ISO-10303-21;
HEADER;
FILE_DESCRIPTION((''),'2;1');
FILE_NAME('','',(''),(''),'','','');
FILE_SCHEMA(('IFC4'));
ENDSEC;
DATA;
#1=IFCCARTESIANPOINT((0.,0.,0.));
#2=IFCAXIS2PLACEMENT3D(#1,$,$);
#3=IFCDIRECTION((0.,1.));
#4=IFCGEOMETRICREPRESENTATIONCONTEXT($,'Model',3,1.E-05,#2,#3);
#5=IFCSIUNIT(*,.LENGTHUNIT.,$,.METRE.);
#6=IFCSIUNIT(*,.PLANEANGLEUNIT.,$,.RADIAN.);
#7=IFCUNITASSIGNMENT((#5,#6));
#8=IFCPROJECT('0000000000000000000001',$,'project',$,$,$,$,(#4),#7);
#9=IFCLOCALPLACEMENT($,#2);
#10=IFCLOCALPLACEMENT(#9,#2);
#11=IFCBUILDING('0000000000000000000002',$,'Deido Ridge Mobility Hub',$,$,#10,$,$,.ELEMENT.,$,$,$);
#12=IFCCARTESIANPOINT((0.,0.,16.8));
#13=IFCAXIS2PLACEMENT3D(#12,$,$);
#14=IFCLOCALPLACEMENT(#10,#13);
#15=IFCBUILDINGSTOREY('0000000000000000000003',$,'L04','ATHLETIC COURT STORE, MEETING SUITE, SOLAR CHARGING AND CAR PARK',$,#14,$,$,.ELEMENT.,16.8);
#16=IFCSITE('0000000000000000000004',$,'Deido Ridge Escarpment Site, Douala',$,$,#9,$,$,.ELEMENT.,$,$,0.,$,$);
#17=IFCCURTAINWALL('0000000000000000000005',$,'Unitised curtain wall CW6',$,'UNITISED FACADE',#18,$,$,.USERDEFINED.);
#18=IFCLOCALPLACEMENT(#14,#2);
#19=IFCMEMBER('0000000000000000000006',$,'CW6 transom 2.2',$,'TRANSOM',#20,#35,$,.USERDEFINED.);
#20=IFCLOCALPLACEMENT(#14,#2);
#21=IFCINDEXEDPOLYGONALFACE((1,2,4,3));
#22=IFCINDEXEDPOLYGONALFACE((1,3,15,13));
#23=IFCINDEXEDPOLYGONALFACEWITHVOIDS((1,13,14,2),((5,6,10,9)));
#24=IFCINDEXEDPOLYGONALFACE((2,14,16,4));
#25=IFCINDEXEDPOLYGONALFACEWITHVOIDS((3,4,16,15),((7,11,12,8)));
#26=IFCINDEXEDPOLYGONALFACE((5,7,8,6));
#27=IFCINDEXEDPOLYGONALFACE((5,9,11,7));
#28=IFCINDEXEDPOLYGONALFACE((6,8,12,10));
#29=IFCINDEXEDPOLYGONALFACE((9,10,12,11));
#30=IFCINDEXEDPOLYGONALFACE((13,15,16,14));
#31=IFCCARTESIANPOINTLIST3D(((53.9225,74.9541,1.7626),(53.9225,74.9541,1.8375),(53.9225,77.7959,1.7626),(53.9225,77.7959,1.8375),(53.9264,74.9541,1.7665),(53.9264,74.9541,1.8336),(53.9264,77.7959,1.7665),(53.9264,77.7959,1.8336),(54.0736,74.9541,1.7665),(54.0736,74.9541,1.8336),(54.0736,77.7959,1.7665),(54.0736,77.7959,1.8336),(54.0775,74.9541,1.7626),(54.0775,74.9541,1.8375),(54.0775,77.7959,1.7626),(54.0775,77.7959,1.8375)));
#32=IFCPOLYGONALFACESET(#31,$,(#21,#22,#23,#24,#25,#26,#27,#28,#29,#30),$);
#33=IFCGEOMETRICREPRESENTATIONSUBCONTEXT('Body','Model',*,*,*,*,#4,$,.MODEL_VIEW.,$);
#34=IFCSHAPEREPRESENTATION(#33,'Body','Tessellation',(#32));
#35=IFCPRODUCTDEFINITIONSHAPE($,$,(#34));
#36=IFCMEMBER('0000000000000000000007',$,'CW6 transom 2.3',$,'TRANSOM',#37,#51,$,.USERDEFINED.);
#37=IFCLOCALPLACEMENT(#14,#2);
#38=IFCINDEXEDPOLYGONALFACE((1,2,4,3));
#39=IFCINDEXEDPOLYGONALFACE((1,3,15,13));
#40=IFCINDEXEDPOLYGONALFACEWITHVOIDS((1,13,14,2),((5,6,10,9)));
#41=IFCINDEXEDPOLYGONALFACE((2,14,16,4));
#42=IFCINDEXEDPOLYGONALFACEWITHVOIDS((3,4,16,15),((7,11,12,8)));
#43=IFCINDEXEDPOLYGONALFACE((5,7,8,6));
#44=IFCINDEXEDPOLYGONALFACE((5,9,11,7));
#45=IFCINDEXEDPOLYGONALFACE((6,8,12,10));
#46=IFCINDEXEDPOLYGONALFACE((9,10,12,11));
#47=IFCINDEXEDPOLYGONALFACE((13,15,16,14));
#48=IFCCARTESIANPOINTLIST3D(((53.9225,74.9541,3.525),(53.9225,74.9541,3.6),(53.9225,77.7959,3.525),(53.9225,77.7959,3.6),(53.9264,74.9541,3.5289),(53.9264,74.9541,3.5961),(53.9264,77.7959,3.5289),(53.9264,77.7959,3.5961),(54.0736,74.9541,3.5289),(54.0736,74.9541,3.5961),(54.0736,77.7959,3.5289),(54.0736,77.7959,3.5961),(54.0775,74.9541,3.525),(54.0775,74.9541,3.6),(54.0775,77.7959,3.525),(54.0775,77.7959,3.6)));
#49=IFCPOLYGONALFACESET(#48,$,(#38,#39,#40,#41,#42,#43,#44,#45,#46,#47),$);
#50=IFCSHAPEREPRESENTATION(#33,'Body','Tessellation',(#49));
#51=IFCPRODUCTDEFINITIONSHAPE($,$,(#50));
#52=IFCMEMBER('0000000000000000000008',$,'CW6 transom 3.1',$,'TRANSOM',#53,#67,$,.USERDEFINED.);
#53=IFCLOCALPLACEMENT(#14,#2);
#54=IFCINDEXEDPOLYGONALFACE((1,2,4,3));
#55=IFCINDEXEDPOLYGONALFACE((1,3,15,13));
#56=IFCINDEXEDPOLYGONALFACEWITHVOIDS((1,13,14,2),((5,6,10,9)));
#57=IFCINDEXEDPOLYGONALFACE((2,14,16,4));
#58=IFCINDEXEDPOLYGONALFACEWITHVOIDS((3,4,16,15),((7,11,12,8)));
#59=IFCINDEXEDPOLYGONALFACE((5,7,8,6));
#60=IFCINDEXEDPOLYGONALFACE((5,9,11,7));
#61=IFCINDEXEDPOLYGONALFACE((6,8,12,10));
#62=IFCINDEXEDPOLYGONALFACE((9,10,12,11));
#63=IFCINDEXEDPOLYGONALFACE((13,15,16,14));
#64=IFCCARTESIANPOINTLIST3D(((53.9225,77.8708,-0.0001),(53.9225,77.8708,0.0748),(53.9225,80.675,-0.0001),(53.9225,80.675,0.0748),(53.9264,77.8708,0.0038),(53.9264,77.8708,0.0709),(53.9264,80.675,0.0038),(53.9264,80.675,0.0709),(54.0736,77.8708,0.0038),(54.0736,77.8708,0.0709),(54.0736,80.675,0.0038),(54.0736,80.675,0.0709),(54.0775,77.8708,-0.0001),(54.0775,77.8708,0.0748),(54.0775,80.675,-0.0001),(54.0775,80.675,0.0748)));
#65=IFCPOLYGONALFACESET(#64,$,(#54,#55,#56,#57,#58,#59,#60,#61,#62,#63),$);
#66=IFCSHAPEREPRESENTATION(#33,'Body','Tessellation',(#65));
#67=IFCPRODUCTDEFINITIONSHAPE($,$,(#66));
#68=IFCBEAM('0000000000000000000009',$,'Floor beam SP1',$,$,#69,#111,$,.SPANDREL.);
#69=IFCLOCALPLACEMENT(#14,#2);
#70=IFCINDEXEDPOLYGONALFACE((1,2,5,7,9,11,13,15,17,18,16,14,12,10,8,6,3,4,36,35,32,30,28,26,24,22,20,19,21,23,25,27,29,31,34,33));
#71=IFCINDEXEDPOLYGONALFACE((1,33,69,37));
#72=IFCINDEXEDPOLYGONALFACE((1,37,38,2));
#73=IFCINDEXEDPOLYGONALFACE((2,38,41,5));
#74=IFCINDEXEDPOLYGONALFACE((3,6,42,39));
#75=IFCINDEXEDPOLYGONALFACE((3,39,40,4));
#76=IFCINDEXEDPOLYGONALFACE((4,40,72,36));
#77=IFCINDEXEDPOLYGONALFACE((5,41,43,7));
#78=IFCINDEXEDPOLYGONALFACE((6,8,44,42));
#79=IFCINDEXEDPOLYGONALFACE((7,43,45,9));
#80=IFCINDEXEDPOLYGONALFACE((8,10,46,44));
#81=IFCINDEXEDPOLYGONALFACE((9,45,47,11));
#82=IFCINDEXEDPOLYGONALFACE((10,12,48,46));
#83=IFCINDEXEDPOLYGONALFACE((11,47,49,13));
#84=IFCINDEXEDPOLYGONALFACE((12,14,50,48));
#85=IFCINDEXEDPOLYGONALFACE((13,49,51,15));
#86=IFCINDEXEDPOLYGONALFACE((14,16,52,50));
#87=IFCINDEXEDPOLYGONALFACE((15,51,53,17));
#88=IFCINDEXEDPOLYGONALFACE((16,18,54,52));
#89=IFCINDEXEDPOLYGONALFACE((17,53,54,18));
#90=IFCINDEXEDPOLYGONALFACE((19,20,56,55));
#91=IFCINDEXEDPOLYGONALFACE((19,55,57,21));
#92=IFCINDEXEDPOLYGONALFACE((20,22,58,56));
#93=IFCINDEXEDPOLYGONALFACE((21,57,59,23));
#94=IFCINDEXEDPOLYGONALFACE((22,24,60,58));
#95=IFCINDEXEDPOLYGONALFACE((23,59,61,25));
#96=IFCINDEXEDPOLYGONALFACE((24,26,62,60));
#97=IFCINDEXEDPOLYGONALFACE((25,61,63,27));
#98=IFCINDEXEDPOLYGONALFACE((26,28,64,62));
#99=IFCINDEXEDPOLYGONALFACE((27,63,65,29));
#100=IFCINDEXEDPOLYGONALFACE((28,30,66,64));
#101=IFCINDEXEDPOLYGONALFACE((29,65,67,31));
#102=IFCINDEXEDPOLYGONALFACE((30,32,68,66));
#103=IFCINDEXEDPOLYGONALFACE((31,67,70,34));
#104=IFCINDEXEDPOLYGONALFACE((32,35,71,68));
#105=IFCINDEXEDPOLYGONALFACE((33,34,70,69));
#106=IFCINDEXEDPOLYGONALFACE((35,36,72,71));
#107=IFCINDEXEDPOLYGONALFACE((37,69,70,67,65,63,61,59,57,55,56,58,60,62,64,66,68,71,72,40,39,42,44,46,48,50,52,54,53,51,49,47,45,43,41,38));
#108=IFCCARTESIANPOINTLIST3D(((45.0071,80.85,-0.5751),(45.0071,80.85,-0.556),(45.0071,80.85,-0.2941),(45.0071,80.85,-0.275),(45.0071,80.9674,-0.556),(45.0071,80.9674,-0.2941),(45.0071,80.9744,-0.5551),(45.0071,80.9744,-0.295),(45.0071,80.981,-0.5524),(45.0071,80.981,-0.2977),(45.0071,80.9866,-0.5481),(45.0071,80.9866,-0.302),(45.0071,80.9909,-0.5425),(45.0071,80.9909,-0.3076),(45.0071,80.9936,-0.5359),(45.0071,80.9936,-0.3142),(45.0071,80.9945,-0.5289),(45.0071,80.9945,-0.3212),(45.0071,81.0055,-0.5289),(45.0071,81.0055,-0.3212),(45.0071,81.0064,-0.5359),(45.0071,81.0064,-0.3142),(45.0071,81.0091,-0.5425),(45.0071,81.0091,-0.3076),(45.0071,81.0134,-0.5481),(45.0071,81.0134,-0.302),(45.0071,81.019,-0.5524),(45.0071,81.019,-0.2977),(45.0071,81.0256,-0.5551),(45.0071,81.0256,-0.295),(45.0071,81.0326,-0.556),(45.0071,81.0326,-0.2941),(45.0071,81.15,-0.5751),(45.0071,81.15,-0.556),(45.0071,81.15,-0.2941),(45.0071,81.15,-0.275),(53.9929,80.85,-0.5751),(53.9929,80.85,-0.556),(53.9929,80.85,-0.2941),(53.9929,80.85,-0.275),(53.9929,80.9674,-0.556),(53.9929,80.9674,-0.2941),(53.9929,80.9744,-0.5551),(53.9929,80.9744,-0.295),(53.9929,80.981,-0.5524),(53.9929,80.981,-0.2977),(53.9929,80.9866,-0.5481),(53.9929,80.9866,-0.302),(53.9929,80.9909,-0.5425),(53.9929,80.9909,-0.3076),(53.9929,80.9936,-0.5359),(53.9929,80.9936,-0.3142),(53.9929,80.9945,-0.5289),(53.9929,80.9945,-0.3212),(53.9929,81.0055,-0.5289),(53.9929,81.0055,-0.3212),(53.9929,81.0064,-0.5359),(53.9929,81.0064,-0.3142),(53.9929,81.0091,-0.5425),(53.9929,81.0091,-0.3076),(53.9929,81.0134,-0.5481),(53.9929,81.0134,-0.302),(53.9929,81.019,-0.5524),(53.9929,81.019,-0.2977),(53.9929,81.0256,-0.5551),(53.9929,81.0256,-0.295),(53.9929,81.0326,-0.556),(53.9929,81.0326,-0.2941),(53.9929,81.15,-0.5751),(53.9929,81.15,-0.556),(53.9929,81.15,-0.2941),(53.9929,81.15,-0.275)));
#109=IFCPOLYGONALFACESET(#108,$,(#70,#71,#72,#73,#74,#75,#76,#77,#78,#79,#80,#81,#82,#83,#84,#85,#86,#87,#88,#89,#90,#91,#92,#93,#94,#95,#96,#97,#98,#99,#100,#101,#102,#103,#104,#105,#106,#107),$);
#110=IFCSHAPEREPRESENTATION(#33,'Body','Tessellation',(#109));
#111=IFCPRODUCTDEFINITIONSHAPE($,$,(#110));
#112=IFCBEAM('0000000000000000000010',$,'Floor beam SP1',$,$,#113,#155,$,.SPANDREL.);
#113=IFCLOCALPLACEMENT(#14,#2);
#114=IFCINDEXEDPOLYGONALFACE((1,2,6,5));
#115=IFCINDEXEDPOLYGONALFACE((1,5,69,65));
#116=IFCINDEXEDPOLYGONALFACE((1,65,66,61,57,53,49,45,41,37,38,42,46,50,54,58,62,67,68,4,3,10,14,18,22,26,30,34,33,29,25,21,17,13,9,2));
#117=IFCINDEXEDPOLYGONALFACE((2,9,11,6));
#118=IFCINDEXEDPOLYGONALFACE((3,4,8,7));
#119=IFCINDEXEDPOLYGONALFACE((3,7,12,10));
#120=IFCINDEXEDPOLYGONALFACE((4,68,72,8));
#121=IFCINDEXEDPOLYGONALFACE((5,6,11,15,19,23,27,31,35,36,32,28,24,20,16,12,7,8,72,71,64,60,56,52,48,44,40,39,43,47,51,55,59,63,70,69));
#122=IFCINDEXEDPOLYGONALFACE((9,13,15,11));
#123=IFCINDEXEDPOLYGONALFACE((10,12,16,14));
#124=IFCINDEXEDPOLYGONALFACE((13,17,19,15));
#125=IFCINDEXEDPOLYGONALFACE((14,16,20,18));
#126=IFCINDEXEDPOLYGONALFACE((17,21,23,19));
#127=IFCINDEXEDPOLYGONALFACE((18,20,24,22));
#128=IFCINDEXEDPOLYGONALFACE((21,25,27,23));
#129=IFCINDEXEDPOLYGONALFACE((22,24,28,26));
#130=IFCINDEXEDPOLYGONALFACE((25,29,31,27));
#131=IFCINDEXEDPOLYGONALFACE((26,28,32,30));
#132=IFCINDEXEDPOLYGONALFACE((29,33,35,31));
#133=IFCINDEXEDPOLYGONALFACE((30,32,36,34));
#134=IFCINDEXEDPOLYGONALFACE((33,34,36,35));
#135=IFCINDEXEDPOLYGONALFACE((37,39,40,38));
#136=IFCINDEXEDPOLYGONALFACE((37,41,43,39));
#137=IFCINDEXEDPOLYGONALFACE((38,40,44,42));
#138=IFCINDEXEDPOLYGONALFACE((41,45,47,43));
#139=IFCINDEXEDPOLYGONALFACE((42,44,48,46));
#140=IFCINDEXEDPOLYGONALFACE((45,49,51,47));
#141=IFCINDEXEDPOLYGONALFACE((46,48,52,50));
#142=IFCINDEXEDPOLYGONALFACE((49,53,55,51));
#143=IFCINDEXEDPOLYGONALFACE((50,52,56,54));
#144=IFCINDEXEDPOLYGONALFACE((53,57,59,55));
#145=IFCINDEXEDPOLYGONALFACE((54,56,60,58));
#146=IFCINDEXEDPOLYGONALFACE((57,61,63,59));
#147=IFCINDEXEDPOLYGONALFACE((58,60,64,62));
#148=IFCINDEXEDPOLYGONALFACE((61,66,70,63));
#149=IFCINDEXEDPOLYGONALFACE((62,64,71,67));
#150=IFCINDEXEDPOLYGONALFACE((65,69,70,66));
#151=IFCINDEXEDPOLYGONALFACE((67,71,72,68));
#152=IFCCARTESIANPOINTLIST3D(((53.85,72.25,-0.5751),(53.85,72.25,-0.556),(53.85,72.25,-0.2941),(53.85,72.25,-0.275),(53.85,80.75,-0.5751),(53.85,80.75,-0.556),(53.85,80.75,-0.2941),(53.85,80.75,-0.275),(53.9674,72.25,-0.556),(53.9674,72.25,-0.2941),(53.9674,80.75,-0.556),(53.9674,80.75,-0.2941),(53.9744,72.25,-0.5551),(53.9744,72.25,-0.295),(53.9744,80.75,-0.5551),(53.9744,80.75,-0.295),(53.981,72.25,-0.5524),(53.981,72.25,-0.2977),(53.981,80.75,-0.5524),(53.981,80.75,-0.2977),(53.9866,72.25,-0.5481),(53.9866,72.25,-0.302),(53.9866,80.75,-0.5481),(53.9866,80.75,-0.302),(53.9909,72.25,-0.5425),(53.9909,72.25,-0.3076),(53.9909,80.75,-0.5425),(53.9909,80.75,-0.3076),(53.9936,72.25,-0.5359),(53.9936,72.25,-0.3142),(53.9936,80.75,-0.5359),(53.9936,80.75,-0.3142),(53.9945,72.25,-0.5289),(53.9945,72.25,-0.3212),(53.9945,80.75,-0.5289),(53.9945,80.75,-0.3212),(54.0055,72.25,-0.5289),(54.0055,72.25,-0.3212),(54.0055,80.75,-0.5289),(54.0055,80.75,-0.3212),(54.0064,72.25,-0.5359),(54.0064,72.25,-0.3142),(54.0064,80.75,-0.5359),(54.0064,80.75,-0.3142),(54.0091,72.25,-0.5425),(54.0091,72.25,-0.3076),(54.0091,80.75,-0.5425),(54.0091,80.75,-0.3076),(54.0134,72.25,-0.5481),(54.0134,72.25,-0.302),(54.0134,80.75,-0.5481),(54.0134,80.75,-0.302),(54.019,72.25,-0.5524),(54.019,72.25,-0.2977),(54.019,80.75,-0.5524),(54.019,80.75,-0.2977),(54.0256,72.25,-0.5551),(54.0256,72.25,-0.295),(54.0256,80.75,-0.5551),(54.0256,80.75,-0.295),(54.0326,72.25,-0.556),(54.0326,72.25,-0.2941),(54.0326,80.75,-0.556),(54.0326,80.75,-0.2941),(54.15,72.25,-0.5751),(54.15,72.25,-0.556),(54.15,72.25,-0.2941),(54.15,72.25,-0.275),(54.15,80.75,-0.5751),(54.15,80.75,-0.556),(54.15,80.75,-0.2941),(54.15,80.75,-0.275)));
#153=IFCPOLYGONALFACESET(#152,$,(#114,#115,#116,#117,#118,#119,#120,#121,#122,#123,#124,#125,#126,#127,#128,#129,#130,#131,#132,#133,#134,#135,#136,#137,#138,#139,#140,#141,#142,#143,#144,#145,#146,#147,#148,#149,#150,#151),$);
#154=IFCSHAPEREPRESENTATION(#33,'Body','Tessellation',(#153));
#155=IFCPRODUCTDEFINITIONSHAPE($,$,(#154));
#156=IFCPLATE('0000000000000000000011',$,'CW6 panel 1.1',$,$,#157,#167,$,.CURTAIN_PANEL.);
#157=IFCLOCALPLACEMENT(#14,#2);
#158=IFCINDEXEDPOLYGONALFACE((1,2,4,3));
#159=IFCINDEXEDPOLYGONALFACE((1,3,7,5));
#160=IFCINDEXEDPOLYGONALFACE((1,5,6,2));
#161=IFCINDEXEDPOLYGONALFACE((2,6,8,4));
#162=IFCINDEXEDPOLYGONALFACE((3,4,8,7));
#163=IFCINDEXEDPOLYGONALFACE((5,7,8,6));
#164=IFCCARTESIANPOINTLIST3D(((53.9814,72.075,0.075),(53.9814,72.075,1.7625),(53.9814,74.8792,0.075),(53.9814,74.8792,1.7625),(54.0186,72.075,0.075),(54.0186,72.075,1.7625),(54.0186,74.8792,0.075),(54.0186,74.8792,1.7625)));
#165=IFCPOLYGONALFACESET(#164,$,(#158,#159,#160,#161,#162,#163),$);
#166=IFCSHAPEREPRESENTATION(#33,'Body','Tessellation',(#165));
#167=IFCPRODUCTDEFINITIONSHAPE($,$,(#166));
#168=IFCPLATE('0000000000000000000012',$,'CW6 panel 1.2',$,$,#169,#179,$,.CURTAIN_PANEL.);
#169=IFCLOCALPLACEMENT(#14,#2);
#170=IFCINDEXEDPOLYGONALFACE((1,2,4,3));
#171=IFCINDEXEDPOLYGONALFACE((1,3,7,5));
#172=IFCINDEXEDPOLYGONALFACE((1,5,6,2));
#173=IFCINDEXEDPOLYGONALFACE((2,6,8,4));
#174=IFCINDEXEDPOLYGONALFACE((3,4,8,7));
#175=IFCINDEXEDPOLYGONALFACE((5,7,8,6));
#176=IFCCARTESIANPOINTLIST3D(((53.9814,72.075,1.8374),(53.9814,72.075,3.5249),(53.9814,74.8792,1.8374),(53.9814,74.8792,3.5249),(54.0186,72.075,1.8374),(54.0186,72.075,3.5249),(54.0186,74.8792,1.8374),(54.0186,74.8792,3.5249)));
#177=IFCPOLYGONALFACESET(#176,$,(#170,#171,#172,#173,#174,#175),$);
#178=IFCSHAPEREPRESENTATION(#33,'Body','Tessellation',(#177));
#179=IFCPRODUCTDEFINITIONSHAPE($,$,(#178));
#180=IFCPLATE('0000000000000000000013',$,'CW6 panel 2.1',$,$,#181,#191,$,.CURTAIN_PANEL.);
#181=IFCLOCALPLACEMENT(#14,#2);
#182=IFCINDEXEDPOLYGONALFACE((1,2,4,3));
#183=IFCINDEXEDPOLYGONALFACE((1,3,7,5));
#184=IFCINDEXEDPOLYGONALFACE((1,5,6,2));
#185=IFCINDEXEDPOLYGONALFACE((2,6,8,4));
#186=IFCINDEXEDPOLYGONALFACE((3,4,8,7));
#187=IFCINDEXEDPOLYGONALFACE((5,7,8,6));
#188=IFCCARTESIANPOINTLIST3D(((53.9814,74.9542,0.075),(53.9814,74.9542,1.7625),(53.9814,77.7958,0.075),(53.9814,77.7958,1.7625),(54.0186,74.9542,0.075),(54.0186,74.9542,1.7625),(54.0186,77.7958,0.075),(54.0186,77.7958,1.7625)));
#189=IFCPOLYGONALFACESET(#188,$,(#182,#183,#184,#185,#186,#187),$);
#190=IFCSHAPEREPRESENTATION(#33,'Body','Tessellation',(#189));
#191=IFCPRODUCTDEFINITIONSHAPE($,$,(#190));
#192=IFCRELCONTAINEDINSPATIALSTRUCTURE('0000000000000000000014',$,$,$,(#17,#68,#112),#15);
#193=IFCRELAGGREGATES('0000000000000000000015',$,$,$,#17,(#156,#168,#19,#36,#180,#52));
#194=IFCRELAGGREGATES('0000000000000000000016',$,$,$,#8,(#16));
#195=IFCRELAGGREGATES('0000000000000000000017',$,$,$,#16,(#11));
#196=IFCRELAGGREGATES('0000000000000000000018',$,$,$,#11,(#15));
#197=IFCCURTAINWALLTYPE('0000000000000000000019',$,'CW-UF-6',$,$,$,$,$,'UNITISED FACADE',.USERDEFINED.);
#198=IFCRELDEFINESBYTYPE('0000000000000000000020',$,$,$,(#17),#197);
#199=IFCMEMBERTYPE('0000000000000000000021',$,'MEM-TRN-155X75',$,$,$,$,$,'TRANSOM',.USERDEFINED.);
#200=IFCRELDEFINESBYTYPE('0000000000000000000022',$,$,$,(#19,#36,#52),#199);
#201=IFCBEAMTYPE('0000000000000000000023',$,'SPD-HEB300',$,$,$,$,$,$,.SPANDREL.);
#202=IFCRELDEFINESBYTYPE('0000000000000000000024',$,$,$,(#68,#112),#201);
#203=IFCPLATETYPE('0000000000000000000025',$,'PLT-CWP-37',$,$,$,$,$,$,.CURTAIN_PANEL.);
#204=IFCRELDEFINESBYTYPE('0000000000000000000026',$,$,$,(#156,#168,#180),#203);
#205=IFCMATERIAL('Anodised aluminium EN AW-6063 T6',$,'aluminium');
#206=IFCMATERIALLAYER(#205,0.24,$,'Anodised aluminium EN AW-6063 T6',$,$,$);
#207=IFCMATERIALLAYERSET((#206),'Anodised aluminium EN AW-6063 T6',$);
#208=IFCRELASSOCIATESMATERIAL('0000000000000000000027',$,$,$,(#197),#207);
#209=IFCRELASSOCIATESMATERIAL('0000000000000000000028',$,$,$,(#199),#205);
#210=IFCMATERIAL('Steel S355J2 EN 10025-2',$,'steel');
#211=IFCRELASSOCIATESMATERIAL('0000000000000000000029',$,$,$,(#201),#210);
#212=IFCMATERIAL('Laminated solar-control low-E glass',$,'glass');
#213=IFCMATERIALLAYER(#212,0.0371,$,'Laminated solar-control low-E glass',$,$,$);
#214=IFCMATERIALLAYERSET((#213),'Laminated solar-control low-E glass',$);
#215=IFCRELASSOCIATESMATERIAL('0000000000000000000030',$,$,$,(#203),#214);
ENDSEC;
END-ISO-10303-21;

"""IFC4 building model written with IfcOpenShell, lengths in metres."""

from ifc_helpers import new_model, si_unit, direction, frame, origin, origin_2d, place, context, subcontext, project, spatial, rectangle, hollow_rectangle, i_section, extrude, material, layer, layer_set, material_profile, profile_set, type_object, element, aggregate, save


model = new_model("IFC4")

# Units and contexts
model_context = context("Model", 3, precision=1e-05, world=origin(), true_north=direction((0.0, 1.0)))
body_context = subcontext(model_context, "Body", "Model", "MODEL_VIEW")
ifc_project = project(units=[si_unit("LENGTHUNIT", "METRE"), si_unit("PLANEANGLEUNIT", "RADIAN")], contexts=[model_context])

# Site, building, storey
site_placement = place(None, origin())
site = spatial("IfcSite", under=ifc_project, at=site_placement, Name="Deido Ridge Escarpment Site, Douala", CompositionType="ELEMENT", RefElevation=0.0)
building_placement = place(site_placement, origin())
building = spatial("IfcBuilding", under=site, at=building_placement, Name="Deido Ridge Mobility Hub", CompositionType="ELEMENT")
storey_placement = place(building_placement, frame((0.0, 0.0, 16.8)))
storey = spatial("IfcBuildingStorey", under=building, at=storey_placement, Name="L04", Description="ATHLETIC COURT STORE, MEETING SUITE, SOLAR CHARGING AND CAR PARK", CompositionType="ELEMENT", Elevation=16.8)

# Shared definitions
ifc_material_1 = material(Name="Steel S355J2 EN 10025-2", Category="steel")

# Shared definitions
ifc_material_2 = material(Name="Anodised aluminium EN AW-6063 T6", Category="aluminium")
ifc_layer_1 = layer(ifc_material_2, 0.24, Name="Anodised aluminium EN AW-6063 T6")
ifc_layer_set_1 = layer_set([ifc_layer_1], Name="Anodised aluminium EN AW-6063 T6")
curtain_wall_type = type_object("IfcCurtainWallType", Name="CW-UF-6", ElementType="UNITISED FACADE", PredefinedType="USERDEFINED", material=ifc_layer_set_1)

# Curtain wall, members
curtain_wall_1_placement = place(storey_placement, origin())
curtain_wall_1 = element("IfcCurtainWall", 1, at=curtain_wall_1_placement, inside=storey, type_object=curtain_wall_type, Name="Unitised curtain wall CW6", ObjectType="UNITISED FACADE", PredefinedType="USERDEFINED")
ifc_material_profile_1 = material_profile(ifc_material_2, hollow_rectangle(XDim=0.155, YDim=0.075, WallThickness=0.0039, at=origin_2d()), Name="RHS 155x75x4")
ifc_profile_set_1 = profile_set([ifc_material_profile_1], Name="Anodised aluminium EN AW-6063 T6")
member_type_1 = type_object("IfcMemberType", Name="MEM-TRN-155X75", ElementType="TRANSOM", PredefinedType="USERDEFINED", material=ifc_profile_set_1)
member_1_placement = place(storey_placement, frame((54.0, 74.9541, 1.8), z_axis=(0.0, 1.0, 0.0), x_axis=(-1.0, 0.0, 0.0)))
member_1 = element("IfcMember", 2, at=member_1_placement, type_object=member_type_1, Name="CW6 transom 2.2", ObjectType="TRANSOM", PredefinedType="USERDEFINED", context=body_context, shape_type="SweptSolid", body=[
    extrude(hollow_rectangle(XDim=0.155, YDim=0.075, WallThickness=0.0039, at=origin_2d()), origin(), (0.0, 0.0, 1.0), 2.8418),
])
member_2_placement = place(storey_placement, frame((54.0, 74.9541, 3.5625), z_axis=(0.0, 1.0, 0.0), x_axis=(-1.0, 0.0, 0.0)))
member_2 = element("IfcMember", 3, at=member_2_placement, type_object=member_type_1, Name="CW6 transom 2.3", ObjectType="TRANSOM", PredefinedType="USERDEFINED", context=body_context, shape_type="SweptSolid", body=[
    extrude(hollow_rectangle(XDim=0.155, YDim=0.075, WallThickness=0.0039, at=origin_2d()), origin(), (0.0, 0.0, 1.0), 2.8418),
])
member_3_placement = place(storey_placement, frame((54.0, 77.8708, 0.0374), z_axis=(0.0, 1.0, 0.0), x_axis=(-1.0, 0.0, 0.0)))
member_3 = element("IfcMember", 4, at=member_3_placement, type_object=member_type_1, Name="CW6 transom 3.1", ObjectType="TRANSOM", PredefinedType="USERDEFINED", context=body_context, shape_type="SweptSolid", body=[
    extrude(hollow_rectangle(XDim=0.155, YDim=0.075, WallThickness=0.0039, at=origin_2d()), origin(), (0.0, 0.0, 1.0), 2.8042),
])

# Beams
ifc_material_profile_2 = material_profile(ifc_material_1, i_section(OverallWidth=0.3, OverallDepth=0.3, WebThickness=0.011, FlangeThickness=0.019, FilletRadius=0.0271, at=origin_2d()), Name="HEB 300")
ifc_profile_set_2 = profile_set([ifc_material_profile_2], Name="Steel S355J2 EN 10025-2")
beam_type = type_object("IfcBeamType", Name="SPD-HEB300", PredefinedType="SPANDREL", material=ifc_profile_set_2)
beam_1_placement = place(storey_placement, frame((45.0071, 81.0, -0.425), z_axis=(1.0, 0.0, 0.0), x_axis=(0.0, 1.0, 0.0)))
element("IfcBeam", 5, at=beam_1_placement, inside=storey, type_object=beam_type, Name="Floor beam SP1", PredefinedType="SPANDREL", context=body_context, shape_type="SweptSolid", body=[
    extrude(i_section(OverallWidth=0.3, OverallDepth=0.3, WebThickness=0.011, FlangeThickness=0.019, FilletRadius=0.0271, at=origin_2d()), origin(), (0.0, 0.0, 1.0), 8.9858),
])
beam_2_placement = place(storey_placement, frame((54.0, 72.25, -0.425), z_axis=(0.0, 1.0, 0.0), x_axis=(-1.0, 0.0, 0.0)))
element("IfcBeam", 6, at=beam_2_placement, inside=storey, type_object=beam_type, Name="Floor beam SP1", PredefinedType="SPANDREL", context=body_context, shape_type="SweptSolid", body=[
    extrude(i_section(OverallWidth=0.3, OverallDepth=0.3, WebThickness=0.011, FlangeThickness=0.019, FilletRadius=0.0271, at=origin_2d()), origin(), (0.0, 0.0, 1.0), 8.5),
])

# Plates
ifc_material_3 = material(Name="Laminated solar-control low-E glass", Category="glass")
ifc_layer_2 = layer(ifc_material_3, 0.0371, Name="Laminated solar-control low-E glass")
ifc_layer_set_2 = layer_set([ifc_layer_2], Name="Laminated solar-control low-E glass")
plate_type = type_object("IfcPlateType", Name="PLT-CWP-37", PredefinedType="CURTAIN_PANEL", material=ifc_layer_set_2)
plate_1_placement = place(storey_placement, frame((54.0, 73.4771, 0.075), z_axis=(0.0, 0.0, 1.0), x_axis=(0.0, 1.0, 0.0)))
plate_1 = element("IfcPlate", 7, at=plate_1_placement, type_object=plate_type, Name="CW6 panel 1.1", PredefinedType="CURTAIN_PANEL", context=body_context, shape_type="SweptSolid", body=[
    extrude(rectangle(XDim=2.8042, YDim=0.0371, at=origin_2d()), origin(), (0.0, 0.0, 1.0), 1.6875),
])
plate_2_placement = place(storey_placement, frame((54.0, 73.4771, 1.8374), z_axis=(0.0, 0.0, 1.0), x_axis=(0.0, 1.0, 0.0)))
plate_2 = element("IfcPlate", 8, at=plate_2_placement, type_object=plate_type, Name="CW6 panel 1.2", PredefinedType="CURTAIN_PANEL", context=body_context, shape_type="SweptSolid", body=[
    extrude(rectangle(XDim=2.8042, YDim=0.0371, at=origin_2d()), origin(), (0.0, 0.0, 1.0), 1.6875),
])
plate_3_placement = place(storey_placement, frame((54.0, 76.375, 0.075), z_axis=(0.0, 0.0, 1.0), x_axis=(0.0, 1.0, 0.0)))
plate_3 = element("IfcPlate", 9, at=plate_3_placement, type_object=plate_type, Name="CW6 panel 2.1", PredefinedType="CURTAIN_PANEL", context=body_context, shape_type="SweptSolid", body=[
    extrude(rectangle(XDim=2.8416, YDim=0.0371, at=origin_2d()), origin(), (0.0, 0.0, 1.0), 1.6875),
])
aggregate(curtain_wall_1, [plate_1, plate_2, member_1, member_2, plate_3, member_3])

save(model, "model.ifc")
